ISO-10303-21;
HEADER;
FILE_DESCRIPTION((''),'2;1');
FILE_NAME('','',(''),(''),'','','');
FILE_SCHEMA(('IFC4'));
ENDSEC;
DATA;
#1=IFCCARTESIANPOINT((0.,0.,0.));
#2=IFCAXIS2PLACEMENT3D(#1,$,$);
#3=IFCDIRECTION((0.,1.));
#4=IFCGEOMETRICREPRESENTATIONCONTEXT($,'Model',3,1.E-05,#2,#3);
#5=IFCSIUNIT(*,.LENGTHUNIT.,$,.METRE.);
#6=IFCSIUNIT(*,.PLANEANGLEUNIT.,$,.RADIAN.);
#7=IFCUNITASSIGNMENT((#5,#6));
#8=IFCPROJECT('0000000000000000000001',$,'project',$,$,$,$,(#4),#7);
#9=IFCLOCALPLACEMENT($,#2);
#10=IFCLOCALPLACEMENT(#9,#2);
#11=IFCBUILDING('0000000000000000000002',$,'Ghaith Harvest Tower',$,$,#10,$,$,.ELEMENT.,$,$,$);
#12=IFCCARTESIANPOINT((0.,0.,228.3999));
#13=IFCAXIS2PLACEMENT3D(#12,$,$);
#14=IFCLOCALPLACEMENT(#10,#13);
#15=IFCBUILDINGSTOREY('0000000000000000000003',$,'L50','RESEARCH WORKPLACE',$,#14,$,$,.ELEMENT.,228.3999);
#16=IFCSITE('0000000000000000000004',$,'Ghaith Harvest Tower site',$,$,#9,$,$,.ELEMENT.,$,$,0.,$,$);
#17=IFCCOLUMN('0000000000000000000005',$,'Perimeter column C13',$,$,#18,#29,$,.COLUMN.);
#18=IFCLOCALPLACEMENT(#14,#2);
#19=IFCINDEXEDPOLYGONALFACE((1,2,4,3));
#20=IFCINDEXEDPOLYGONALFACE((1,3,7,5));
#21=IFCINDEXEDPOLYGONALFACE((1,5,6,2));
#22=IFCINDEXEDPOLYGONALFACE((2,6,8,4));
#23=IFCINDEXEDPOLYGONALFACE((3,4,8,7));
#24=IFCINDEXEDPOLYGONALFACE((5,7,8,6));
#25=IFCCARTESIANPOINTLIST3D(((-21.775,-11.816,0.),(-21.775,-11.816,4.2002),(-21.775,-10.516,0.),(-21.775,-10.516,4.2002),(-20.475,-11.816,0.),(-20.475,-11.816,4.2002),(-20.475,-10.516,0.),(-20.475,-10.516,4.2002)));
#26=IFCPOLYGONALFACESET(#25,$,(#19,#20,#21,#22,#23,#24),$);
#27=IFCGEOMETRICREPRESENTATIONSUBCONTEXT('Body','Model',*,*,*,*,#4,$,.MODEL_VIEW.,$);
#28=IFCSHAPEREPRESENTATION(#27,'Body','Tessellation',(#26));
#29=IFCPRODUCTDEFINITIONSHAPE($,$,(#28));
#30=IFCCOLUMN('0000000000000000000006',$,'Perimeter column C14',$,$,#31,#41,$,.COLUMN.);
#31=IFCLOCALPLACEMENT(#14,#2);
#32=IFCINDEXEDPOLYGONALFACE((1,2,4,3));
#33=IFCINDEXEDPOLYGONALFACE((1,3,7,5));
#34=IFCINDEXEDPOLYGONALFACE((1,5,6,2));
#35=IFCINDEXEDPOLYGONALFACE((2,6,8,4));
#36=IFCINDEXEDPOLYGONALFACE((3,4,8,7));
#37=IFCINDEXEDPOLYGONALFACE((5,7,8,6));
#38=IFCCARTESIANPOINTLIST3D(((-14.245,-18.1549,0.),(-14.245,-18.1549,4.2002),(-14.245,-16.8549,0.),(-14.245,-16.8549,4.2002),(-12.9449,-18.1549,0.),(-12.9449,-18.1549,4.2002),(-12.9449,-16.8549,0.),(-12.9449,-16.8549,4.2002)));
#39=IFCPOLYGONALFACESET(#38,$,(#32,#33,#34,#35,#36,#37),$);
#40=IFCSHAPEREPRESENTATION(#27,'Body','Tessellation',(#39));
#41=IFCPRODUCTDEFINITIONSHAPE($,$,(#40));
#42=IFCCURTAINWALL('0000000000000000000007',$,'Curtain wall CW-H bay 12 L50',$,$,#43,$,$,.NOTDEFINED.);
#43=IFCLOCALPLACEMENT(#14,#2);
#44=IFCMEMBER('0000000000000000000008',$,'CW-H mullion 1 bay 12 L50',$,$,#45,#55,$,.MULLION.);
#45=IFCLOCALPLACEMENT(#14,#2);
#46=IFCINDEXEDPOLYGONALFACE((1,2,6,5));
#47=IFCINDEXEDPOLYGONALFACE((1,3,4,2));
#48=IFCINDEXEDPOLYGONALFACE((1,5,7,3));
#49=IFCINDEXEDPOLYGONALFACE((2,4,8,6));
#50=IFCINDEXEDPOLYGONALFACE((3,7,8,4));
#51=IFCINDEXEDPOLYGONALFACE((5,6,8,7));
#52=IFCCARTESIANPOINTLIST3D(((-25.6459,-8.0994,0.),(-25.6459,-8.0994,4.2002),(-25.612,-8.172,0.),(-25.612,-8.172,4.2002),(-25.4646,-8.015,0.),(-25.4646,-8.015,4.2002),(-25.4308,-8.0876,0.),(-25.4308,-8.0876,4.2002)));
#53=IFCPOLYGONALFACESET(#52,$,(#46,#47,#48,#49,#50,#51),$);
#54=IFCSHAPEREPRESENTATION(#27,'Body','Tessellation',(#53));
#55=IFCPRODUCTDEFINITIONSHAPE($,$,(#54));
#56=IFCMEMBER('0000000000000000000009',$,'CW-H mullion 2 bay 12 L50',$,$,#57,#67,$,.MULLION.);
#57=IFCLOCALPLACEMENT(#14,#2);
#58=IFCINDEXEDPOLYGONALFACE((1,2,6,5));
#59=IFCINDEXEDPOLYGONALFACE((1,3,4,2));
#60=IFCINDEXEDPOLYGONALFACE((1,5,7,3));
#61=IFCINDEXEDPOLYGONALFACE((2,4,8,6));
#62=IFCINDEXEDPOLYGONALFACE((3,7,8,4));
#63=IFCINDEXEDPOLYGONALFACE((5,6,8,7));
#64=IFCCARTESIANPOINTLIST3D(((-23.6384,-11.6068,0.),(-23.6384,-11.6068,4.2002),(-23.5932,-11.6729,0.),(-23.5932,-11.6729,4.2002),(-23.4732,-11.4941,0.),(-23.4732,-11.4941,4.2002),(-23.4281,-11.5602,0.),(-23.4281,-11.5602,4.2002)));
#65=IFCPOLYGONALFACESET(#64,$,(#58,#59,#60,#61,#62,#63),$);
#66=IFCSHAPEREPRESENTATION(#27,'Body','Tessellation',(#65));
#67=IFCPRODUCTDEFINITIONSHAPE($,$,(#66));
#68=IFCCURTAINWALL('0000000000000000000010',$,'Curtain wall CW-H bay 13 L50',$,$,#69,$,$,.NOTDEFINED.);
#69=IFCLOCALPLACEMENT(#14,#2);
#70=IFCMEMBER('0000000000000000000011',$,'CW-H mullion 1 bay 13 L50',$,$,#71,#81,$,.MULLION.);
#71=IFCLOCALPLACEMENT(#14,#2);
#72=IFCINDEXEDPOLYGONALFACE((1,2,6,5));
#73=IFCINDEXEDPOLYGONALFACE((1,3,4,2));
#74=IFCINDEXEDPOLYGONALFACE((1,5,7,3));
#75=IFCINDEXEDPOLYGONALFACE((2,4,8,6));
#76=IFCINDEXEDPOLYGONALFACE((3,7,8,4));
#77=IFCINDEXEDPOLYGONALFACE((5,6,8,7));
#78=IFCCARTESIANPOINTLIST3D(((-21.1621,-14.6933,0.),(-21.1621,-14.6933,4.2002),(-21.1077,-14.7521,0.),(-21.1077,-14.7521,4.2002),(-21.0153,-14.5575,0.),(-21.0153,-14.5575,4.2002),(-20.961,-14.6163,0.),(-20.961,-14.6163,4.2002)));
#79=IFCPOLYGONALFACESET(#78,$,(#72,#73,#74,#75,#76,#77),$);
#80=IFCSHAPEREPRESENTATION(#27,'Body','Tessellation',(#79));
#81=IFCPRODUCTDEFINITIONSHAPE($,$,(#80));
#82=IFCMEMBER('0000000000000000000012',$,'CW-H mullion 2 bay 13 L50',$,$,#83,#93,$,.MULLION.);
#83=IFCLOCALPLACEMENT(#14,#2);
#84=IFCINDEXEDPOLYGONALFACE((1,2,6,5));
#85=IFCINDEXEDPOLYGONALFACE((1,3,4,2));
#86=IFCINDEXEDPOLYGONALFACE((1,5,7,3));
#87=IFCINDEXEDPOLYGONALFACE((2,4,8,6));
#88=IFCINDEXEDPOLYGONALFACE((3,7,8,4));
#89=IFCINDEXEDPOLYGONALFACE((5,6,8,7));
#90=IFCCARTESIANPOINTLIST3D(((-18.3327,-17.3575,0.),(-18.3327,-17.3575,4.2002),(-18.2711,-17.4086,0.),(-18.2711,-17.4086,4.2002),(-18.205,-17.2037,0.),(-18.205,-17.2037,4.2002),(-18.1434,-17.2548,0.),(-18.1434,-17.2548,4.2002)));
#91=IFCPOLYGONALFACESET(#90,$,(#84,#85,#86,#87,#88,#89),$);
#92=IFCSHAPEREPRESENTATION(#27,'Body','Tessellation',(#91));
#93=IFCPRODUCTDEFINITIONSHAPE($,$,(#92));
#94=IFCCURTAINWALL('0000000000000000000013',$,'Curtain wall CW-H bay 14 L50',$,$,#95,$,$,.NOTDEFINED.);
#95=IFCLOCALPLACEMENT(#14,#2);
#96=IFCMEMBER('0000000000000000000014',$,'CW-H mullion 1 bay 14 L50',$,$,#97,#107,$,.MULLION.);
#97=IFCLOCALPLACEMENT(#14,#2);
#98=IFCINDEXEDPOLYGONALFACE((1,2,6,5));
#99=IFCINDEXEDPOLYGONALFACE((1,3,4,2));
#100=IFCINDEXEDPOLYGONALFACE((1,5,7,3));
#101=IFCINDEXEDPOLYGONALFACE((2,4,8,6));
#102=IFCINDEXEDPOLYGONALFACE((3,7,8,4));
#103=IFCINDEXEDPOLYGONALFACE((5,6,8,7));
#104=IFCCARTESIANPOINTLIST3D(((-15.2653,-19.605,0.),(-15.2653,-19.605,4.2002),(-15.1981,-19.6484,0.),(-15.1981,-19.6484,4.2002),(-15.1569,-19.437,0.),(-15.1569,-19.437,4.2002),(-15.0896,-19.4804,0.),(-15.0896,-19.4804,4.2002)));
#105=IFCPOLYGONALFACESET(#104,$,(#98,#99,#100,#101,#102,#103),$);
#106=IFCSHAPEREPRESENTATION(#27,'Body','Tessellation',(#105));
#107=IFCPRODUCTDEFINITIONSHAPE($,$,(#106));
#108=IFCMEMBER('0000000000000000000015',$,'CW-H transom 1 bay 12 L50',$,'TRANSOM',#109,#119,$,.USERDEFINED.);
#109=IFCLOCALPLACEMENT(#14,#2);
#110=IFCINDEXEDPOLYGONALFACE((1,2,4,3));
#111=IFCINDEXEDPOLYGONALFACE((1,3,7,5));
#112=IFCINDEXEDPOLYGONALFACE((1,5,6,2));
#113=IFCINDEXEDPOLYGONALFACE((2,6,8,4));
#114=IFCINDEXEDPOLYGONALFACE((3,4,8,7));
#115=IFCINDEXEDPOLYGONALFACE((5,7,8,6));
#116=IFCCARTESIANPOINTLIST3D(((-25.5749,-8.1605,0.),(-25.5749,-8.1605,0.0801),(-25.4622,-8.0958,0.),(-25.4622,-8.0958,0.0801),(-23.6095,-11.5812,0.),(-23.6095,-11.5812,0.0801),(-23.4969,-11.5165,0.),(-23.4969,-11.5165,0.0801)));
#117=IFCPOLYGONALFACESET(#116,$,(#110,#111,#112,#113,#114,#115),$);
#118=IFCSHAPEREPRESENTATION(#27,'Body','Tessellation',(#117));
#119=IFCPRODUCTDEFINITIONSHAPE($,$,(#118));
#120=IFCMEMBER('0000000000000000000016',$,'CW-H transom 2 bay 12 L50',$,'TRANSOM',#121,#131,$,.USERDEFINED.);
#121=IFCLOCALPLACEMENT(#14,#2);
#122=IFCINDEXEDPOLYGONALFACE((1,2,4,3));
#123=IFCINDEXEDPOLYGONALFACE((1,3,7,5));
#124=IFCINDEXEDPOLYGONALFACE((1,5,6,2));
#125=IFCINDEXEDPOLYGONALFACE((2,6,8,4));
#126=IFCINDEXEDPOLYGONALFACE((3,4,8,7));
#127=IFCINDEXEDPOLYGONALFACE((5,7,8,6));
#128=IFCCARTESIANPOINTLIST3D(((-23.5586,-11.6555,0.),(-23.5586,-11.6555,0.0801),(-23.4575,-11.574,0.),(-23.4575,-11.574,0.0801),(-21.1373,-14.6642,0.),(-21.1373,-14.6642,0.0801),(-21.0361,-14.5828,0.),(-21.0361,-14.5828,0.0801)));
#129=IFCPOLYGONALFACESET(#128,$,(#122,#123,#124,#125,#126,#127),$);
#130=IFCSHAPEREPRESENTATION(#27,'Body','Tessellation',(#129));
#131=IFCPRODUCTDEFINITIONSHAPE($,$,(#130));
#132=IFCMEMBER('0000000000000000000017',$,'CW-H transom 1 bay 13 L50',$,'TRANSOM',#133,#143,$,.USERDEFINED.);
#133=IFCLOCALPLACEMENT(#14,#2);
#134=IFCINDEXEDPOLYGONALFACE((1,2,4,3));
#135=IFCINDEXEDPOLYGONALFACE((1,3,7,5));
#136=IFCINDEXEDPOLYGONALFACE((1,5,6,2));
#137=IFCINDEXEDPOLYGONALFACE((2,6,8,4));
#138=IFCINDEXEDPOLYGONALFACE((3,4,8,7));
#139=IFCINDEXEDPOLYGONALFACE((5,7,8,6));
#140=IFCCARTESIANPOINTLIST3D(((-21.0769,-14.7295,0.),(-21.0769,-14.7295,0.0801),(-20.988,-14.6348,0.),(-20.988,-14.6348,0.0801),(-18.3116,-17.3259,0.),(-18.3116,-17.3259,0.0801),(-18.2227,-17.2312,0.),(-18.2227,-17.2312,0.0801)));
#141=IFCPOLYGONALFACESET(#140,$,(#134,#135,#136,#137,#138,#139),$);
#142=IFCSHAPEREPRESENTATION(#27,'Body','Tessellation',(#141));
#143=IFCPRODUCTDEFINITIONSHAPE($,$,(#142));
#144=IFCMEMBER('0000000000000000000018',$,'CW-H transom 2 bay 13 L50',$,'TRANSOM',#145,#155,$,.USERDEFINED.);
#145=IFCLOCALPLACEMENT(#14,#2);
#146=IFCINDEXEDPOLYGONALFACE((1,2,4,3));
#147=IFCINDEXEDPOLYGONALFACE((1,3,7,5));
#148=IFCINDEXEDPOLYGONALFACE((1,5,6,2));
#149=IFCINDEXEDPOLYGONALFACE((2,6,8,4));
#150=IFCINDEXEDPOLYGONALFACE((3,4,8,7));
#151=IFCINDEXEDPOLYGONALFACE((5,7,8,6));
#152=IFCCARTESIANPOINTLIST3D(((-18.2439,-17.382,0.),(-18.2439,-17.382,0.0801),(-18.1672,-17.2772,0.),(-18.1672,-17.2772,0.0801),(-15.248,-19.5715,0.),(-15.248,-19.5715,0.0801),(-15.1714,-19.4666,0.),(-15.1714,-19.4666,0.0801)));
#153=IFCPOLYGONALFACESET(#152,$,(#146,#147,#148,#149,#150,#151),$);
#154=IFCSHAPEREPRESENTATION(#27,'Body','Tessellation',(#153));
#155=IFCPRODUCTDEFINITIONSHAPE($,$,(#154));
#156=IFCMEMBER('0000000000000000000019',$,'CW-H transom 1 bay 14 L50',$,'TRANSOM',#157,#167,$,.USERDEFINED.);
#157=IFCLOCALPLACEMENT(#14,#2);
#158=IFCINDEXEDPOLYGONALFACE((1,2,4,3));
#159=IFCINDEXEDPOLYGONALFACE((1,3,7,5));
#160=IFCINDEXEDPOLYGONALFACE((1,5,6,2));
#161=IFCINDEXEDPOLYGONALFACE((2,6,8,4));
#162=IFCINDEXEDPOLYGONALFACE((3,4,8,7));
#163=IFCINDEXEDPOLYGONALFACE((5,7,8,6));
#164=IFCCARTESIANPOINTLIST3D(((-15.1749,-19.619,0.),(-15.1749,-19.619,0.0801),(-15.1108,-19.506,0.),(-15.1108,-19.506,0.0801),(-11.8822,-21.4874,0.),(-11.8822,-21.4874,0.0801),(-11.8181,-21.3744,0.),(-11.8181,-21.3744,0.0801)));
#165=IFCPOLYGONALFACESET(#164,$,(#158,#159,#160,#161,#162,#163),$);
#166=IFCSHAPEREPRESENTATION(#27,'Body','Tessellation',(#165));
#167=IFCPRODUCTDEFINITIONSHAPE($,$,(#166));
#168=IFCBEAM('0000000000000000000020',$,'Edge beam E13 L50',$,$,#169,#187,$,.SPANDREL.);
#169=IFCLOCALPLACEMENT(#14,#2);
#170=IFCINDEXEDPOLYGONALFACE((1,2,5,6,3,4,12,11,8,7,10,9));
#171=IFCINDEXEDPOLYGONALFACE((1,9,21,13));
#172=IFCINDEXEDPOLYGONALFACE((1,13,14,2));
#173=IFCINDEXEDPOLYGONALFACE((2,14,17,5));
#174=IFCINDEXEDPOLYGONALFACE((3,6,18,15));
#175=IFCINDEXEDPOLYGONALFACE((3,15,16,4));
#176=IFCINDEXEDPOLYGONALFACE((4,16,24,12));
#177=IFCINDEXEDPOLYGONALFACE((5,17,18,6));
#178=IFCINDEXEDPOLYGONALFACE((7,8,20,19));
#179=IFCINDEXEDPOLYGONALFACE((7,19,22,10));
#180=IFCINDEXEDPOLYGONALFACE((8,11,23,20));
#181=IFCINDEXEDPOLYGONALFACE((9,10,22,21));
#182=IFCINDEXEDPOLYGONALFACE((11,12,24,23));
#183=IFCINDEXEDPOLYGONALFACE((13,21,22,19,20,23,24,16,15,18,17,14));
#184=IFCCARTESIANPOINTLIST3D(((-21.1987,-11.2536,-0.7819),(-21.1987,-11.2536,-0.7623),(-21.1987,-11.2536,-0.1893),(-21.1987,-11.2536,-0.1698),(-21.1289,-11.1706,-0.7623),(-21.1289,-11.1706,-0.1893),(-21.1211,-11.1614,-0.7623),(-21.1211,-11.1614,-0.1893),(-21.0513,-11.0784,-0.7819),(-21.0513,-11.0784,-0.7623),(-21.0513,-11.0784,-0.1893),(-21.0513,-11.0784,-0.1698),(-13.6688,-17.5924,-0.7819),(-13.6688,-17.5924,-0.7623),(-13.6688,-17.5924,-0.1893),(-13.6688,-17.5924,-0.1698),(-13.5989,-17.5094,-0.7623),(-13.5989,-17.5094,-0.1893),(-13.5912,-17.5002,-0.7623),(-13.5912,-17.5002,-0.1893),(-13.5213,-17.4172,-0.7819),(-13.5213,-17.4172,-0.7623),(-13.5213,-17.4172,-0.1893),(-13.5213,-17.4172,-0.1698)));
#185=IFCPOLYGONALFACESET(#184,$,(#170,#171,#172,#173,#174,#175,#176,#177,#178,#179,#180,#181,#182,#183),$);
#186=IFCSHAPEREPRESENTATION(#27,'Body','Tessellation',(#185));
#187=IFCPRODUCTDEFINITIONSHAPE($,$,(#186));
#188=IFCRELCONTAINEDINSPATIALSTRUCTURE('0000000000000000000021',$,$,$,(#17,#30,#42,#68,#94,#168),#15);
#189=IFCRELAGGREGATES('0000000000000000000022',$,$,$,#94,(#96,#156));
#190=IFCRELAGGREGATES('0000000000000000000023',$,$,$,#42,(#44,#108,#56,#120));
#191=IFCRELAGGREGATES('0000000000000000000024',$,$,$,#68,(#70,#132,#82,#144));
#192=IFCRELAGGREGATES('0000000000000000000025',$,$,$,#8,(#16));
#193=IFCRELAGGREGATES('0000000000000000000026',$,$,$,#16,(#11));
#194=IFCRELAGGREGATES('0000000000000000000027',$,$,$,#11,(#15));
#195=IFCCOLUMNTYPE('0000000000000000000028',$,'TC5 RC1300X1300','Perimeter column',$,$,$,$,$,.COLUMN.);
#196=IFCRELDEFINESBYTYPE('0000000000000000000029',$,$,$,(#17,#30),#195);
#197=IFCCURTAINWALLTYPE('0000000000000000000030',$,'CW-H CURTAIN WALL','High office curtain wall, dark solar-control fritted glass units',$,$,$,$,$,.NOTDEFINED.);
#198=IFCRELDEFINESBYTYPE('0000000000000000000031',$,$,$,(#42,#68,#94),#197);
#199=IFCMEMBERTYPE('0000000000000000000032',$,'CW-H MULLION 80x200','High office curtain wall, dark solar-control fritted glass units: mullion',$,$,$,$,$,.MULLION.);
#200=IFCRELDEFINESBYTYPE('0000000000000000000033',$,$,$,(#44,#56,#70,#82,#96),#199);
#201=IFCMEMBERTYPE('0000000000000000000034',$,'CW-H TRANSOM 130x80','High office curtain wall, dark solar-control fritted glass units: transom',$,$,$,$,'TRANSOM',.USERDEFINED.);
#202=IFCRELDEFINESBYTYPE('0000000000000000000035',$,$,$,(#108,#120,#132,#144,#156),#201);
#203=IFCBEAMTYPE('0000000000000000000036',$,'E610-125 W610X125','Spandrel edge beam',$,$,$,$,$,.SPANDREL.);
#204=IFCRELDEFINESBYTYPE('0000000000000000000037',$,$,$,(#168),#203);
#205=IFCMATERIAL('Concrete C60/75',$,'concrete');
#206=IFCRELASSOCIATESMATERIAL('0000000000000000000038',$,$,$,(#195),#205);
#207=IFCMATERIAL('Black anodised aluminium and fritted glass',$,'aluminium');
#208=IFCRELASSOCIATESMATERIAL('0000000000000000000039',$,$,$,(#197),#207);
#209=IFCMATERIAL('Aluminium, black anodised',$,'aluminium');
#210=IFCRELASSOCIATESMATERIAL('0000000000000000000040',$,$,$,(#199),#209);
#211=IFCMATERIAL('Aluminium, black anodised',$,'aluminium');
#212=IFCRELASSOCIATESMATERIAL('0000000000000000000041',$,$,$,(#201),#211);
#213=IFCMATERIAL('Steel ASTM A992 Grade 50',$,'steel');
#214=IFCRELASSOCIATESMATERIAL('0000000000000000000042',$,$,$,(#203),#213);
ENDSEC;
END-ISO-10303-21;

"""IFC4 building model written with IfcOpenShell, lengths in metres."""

from ifc_helpers import new_model, si_unit, direction, frame, origin, origin_2d, place, context, subcontext, project, spatial, rectangle, i_section, extrude, material, material_profile, profile_set, type_object, element, aggregate, save


model = new_model("IFC4")

# Units and contexts
model_context = context("Model", 3, precision=1e-05, world=origin(), true_north=direction((0.0, 1.0)))
body_context = subcontext(model_context, "Body", "Model", "MODEL_VIEW")
ifc_project = project(units=[si_unit("LENGTHUNIT", "METRE"), si_unit("PLANEANGLEUNIT", "RADIAN")], contexts=[model_context])

# Site, building, storey
site_placement = place(None, origin())
site = spatial("IfcSite", under=ifc_project, at=site_placement, Name="Ghaith Harvest Tower site", CompositionType="ELEMENT", RefElevation=0.0)
building_placement = place(site_placement, origin())
building = spatial("IfcBuilding", under=site, at=building_placement, Name="Ghaith Harvest Tower", CompositionType="ELEMENT")
storey_placement = place(building_placement, frame((0.0, 0.0, 228.3999)))
storey = spatial("IfcBuildingStorey", under=building, at=storey_placement, Name="L50", Description="RESEARCH WORKPLACE", CompositionType="ELEMENT", Elevation=228.3999)

# Columns
ifc_material_1 = material(Name="Concrete C60/75", Category="concrete")
ifc_material_profile_1 = material_profile(ifc_material_1, rectangle(XDim=1.3, YDim=1.3, at=origin_2d()), Name="RC1300X1300")
ifc_profile_set_1 = profile_set([ifc_material_profile_1], Name="Concrete C60/75")
column_type = type_object("IfcColumnType", Name="TC5 RC1300X1300", Description="Perimeter column", PredefinedType="COLUMN", material=ifc_profile_set_1)
for number, where, z_axis, x_axis, name in (
    (1, (-21.125, -11.166, 0.0), (0.0, 0.0, 1.0), (1.0, 0.0, 0.0), "Perimeter column C13"),
    (2, (-13.595, -17.5049, 0.0), (0.0, 0.0, 1.0), (1.0, 0.0, 0.0), "Perimeter column C14"),
):
    element("IfcColumn", number, at=place(storey_placement, frame(where, z_axis=z_axis, x_axis=x_axis)), inside=storey, type_object=column_type, Name=name, PredefinedType="COLUMN", context=body_context, shape_type="SweptSolid", body=[
        extrude(rectangle(XDim=1.3, YDim=1.3, at=origin_2d()), origin(), (0.0, 0.0, 1.0), 4.2002),
    ])

# Curtain walls, members
ifc_material_2 = material(Name="Black anodised aluminium and fritted glass", Category="aluminium")
curtain_wall_type = type_object("IfcCurtainWallType", Name="CW-H CURTAIN WALL", Description="High office curtain wall, dark solar-control fritted glass units", PredefinedType="NOTDEFINED", material=ifc_material_2)
curtain_wall_1_placement = place(storey_placement, origin())
curtain_wall_1 = element("IfcCurtainWall", 3, at=curtain_wall_1_placement, inside=storey, type_object=curtain_wall_type, Name="Curtain wall CW-H bay 12 L50", PredefinedType="NOTDEFINED")
ifc_material_3 = material(Name="Aluminium, black anodised", Category="aluminium")
ifc_material_profile_2 = material_profile(ifc_material_3, rectangle(XDim=0.0801, YDim=0.2, at=origin_2d()), Name="CW-H MULLION 80x200")
ifc_profile_set_2 = profile_set([ifc_material_profile_2], Name="Aluminium, black anodised")
member_type_1 = type_object("IfcMemberType", Name="CW-H MULLION 80x200", Description="High office curtain wall, dark solar-control fritted glass units: mullion", PredefinedType="MULLION", material=ifc_profile_set_2)
member_1_placement = place(storey_placement, frame((-25.5383, -8.0935, 0.0), z_axis=(0.0, 0.0, 1.0), x_axis=(0.422309, -0.906452, 0.0)))
member_1 = element("IfcMember", 4, at=member_1_placement, type_object=member_type_1, Name="CW-H mullion 1 bay 12 L50", PredefinedType="MULLION", context=body_context, shape_type="SweptSolid", body=[
    extrude(rectangle(XDim=0.0801, YDim=0.2, at=origin_2d()), origin(), (0.0, 0.0, 1.0), 4.2002),
])
member_2_placement = place(storey_placement, frame((-23.5332, -11.5835, 0.0), z_axis=(0.0, 0.0, 1.0), x_axis=(0.563617, -0.826037, 0.0)))
member_2 = element("IfcMember", 5, at=member_2_placement, type_object=member_type_1, Name="CW-H mullion 2 bay 12 L50", PredefinedType="MULLION", context=body_context, shape_type="SweptSolid", body=[
    extrude(rectangle(XDim=0.0801, YDim=0.2, at=origin_2d()), origin(), (0.0, 0.0, 1.0), 4.2002),
])
curtain_wall_2_placement = place(storey_placement, origin())
curtain_wall_2 = element("IfcCurtainWall", 6, at=curtain_wall_2_placement, inside=storey, type_object=curtain_wall_type, Name="Curtain wall CW-H bay 13 L50", PredefinedType="NOTDEFINED")
member_3_placement = place(storey_placement, frame((-21.0615, -14.6548, 0.0), z_axis=(0.0, 0.0, 1.0), x_axis=(0.679182, -0.73397, 0.0)))
member_3 = element("IfcMember", 7, at=member_3_placement, type_object=member_type_1, Name="CW-H mullion 1 bay 13 L50", PredefinedType="MULLION", context=body_context, shape_type="SweptSolid", body=[
    extrude(rectangle(XDim=0.0801, YDim=0.2, at=origin_2d()), origin(), (0.0, 0.0, 1.0), 4.2002),
])
member_4_placement = place(storey_placement, frame((-18.238, -17.3062, 0.0), z_axis=(0.0, 0.0, 1.0), x_axis=(0.769217, -0.638988, 0.0)))
member_4 = element("IfcMember", 8, at=member_4_placement, type_object=member_type_1, Name="CW-H mullion 2 bay 13 L50", PredefinedType="MULLION", context=body_context, shape_type="SweptSolid", body=[
    extrude(rectangle(XDim=0.0801, YDim=0.2, at=origin_2d()), origin(), (0.0, 0.0, 1.0), 4.2002),
])

# Curtain wall, member
curtain_wall_3_placement = place(storey_placement, origin())
curtain_wall_3 = element("IfcCurtainWall", 9, at=curtain_wall_3_placement, inside=storey, type_object=curtain_wall_type, Name="Curtain wall CW-H bay 14 L50", PredefinedType="NOTDEFINED")
member_5_placement = place(storey_placement, frame((-15.1775, -19.5427, 0.0), z_axis=(0.0, 0.0, 1.0), x_axis=(0.840234, -0.542225, 0.0)))
member_5 = element("IfcMember", 10, at=member_5_placement, type_object=member_type_1, Name="CW-H mullion 1 bay 14 L50", PredefinedType="MULLION", context=body_context, shape_type="SweptSolid", body=[
    extrude(rectangle(XDim=0.0801, YDim=0.2, at=origin_2d()), origin(), (0.0, 0.0, 1.0), 4.2002),
])

# Members
ifc_material_4 = material(Name="Aluminium, black anodised", Category="aluminium")
ifc_material_profile_3 = material_profile(ifc_material_4, rectangle(XDim=0.1299, YDim=0.0801, at=origin_2d()), Name="CW-H TRANSOM 130x80")
ifc_profile_set_3 = profile_set([ifc_material_profile_3], Name="Aluminium, black anodised")
member_type_2 = type_object("IfcMemberType", Name="CW-H TRANSOM 130x80", Description="High office curtain wall, dark solar-control fritted glass units: transom", ElementType="TRANSOM", PredefinedType="USERDEFINED", material=ifc_profile_set_3)
member_6_placement = place(storey_placement, frame((-25.5186, -8.1282, 0.04), z_axis=(0.498177, -0.867075, 0.0), x_axis=(0.867075, 0.498177, 0.0)))
member_6 = element("IfcMember", 11, at=member_6_placement, type_object=member_type_2, Name="CW-H transom 1 bay 12 L50", ObjectType="TRANSOM", PredefinedType="USERDEFINED", context=body_context, shape_type="SweptSolid", body=[
    extrude(rectangle(XDim=0.1299, YDim=0.0801, at=origin_2d()), origin(), (0.0, 0.0, 1.0), 3.9451),
])
member_7_placement = place(storey_placement, frame((-23.5081, -11.6147, 0.04), z_axis=(0.626959, -0.779052, 0.0), x_axis=(0.779052, 0.626959, 0.0)))
member_7 = element("IfcMember", 12, at=member_7_placement, type_object=member_type_2, Name="CW-H transom 2 bay 12 L50", ObjectType="TRANSOM", PredefinedType="USERDEFINED", context=body_context, shape_type="SweptSolid", body=[
    extrude(rectangle(XDim=0.1299, YDim=0.0801, at=origin_2d()), origin(), (0.0, 0.0, 1.0), 3.8621),
])
member_8_placement = place(storey_placement, frame((-21.0325, -14.6821, 0.04), z_axis=(0.729025, -0.684487, 0.0), x_axis=(0.684487, 0.729025, 0.0)))
member_8 = element("IfcMember", 13, at=member_8_placement, type_object=member_type_2, Name="CW-H transom 1 bay 13 L50", ObjectType="TRANSOM", PredefinedType="USERDEFINED", context=body_context, shape_type="SweptSolid", body=[
    extrude(rectangle(XDim=0.1299, YDim=0.0801, at=origin_2d()), origin(), (0.0, 0.0, 1.0), 3.7932),
])
member_9_placement = place(storey_placement, frame((-18.2056, -17.3296, 0.04), z_axis=(0.807368, -0.590048, 0.0), x_axis=(0.590048, 0.807368, 0.0)))
member_9 = element("IfcMember", 14, at=member_9_placement, type_object=member_type_2, Name="CW-H transom 2 bay 13 L50", ObjectType="TRANSOM", PredefinedType="USERDEFINED", context=body_context, shape_type="SweptSolid", body=[
    extrude(rectangle(XDim=0.1299, YDim=0.0801, at=origin_2d()), origin(), (0.0, 0.0, 1.0), 3.7107),
])
member_10_placement = place(storey_placement, frame((-15.1428, -19.5625, 0.04), z_axis=(0.869735, -0.493519, 0.0), x_axis=(0.493519, 0.869735, 0.0)))
member_10 = element("IfcMember", 15, at=member_10_placement, type_object=member_type_2, Name="CW-H transom 1 bay 14 L50", ObjectType="TRANSOM", PredefinedType="USERDEFINED", context=body_context, shape_type="SweptSolid", body=[
    extrude(rectangle(XDim=0.1299, YDim=0.0801, at=origin_2d()), origin(), (0.0, 0.0, 1.0), 3.7859),
])
aggregate(curtain_wall_3, [member_5, member_10])

# Beam
ifc_material_5 = material(Name="Steel ASTM A992 Grade 50", Category="steel")
ifc_material_profile_4 = material_profile(ifc_material_5, i_section(OverallWidth=0.229, OverallDepth=0.6121, WebThickness=0.012, FlangeThickness=0.0195, at=origin_2d()), Name="W610X125")
ifc_profile_set_4 = profile_set([ifc_material_profile_4], Name="Steel ASTM A992 Grade 50")
beam_type = type_object("IfcBeamType", Name="E610-125 W610X125", Description="Spandrel edge beam", PredefinedType="SPANDREL", material=ifc_profile_set_4)
beam_placement = place(storey_placement, frame((-21.125, -11.166, -0.4758), z_axis=(0.765022, -0.644004, 0.0), x_axis=(0.644004, 0.765022, 0.0)))
element("IfcBeam", 16, at=beam_placement, inside=storey, type_object=beam_type, Name="Edge beam E13 L50", PredefinedType="SPANDREL", context=body_context, shape_type="SweptSolid", body=[
    extrude(i_section(OverallWidth=0.229, OverallDepth=0.6121, WebThickness=0.012, FlangeThickness=0.0195, at=origin_2d()), origin(), (0.0, 0.0, 1.0), 9.8428),
])

aggregate(curtain_wall_1, [member_1, member_6, member_2, member_7])
aggregate(curtain_wall_2, [member_3, member_8, member_4, member_9])

save(model, "model.ifc")
